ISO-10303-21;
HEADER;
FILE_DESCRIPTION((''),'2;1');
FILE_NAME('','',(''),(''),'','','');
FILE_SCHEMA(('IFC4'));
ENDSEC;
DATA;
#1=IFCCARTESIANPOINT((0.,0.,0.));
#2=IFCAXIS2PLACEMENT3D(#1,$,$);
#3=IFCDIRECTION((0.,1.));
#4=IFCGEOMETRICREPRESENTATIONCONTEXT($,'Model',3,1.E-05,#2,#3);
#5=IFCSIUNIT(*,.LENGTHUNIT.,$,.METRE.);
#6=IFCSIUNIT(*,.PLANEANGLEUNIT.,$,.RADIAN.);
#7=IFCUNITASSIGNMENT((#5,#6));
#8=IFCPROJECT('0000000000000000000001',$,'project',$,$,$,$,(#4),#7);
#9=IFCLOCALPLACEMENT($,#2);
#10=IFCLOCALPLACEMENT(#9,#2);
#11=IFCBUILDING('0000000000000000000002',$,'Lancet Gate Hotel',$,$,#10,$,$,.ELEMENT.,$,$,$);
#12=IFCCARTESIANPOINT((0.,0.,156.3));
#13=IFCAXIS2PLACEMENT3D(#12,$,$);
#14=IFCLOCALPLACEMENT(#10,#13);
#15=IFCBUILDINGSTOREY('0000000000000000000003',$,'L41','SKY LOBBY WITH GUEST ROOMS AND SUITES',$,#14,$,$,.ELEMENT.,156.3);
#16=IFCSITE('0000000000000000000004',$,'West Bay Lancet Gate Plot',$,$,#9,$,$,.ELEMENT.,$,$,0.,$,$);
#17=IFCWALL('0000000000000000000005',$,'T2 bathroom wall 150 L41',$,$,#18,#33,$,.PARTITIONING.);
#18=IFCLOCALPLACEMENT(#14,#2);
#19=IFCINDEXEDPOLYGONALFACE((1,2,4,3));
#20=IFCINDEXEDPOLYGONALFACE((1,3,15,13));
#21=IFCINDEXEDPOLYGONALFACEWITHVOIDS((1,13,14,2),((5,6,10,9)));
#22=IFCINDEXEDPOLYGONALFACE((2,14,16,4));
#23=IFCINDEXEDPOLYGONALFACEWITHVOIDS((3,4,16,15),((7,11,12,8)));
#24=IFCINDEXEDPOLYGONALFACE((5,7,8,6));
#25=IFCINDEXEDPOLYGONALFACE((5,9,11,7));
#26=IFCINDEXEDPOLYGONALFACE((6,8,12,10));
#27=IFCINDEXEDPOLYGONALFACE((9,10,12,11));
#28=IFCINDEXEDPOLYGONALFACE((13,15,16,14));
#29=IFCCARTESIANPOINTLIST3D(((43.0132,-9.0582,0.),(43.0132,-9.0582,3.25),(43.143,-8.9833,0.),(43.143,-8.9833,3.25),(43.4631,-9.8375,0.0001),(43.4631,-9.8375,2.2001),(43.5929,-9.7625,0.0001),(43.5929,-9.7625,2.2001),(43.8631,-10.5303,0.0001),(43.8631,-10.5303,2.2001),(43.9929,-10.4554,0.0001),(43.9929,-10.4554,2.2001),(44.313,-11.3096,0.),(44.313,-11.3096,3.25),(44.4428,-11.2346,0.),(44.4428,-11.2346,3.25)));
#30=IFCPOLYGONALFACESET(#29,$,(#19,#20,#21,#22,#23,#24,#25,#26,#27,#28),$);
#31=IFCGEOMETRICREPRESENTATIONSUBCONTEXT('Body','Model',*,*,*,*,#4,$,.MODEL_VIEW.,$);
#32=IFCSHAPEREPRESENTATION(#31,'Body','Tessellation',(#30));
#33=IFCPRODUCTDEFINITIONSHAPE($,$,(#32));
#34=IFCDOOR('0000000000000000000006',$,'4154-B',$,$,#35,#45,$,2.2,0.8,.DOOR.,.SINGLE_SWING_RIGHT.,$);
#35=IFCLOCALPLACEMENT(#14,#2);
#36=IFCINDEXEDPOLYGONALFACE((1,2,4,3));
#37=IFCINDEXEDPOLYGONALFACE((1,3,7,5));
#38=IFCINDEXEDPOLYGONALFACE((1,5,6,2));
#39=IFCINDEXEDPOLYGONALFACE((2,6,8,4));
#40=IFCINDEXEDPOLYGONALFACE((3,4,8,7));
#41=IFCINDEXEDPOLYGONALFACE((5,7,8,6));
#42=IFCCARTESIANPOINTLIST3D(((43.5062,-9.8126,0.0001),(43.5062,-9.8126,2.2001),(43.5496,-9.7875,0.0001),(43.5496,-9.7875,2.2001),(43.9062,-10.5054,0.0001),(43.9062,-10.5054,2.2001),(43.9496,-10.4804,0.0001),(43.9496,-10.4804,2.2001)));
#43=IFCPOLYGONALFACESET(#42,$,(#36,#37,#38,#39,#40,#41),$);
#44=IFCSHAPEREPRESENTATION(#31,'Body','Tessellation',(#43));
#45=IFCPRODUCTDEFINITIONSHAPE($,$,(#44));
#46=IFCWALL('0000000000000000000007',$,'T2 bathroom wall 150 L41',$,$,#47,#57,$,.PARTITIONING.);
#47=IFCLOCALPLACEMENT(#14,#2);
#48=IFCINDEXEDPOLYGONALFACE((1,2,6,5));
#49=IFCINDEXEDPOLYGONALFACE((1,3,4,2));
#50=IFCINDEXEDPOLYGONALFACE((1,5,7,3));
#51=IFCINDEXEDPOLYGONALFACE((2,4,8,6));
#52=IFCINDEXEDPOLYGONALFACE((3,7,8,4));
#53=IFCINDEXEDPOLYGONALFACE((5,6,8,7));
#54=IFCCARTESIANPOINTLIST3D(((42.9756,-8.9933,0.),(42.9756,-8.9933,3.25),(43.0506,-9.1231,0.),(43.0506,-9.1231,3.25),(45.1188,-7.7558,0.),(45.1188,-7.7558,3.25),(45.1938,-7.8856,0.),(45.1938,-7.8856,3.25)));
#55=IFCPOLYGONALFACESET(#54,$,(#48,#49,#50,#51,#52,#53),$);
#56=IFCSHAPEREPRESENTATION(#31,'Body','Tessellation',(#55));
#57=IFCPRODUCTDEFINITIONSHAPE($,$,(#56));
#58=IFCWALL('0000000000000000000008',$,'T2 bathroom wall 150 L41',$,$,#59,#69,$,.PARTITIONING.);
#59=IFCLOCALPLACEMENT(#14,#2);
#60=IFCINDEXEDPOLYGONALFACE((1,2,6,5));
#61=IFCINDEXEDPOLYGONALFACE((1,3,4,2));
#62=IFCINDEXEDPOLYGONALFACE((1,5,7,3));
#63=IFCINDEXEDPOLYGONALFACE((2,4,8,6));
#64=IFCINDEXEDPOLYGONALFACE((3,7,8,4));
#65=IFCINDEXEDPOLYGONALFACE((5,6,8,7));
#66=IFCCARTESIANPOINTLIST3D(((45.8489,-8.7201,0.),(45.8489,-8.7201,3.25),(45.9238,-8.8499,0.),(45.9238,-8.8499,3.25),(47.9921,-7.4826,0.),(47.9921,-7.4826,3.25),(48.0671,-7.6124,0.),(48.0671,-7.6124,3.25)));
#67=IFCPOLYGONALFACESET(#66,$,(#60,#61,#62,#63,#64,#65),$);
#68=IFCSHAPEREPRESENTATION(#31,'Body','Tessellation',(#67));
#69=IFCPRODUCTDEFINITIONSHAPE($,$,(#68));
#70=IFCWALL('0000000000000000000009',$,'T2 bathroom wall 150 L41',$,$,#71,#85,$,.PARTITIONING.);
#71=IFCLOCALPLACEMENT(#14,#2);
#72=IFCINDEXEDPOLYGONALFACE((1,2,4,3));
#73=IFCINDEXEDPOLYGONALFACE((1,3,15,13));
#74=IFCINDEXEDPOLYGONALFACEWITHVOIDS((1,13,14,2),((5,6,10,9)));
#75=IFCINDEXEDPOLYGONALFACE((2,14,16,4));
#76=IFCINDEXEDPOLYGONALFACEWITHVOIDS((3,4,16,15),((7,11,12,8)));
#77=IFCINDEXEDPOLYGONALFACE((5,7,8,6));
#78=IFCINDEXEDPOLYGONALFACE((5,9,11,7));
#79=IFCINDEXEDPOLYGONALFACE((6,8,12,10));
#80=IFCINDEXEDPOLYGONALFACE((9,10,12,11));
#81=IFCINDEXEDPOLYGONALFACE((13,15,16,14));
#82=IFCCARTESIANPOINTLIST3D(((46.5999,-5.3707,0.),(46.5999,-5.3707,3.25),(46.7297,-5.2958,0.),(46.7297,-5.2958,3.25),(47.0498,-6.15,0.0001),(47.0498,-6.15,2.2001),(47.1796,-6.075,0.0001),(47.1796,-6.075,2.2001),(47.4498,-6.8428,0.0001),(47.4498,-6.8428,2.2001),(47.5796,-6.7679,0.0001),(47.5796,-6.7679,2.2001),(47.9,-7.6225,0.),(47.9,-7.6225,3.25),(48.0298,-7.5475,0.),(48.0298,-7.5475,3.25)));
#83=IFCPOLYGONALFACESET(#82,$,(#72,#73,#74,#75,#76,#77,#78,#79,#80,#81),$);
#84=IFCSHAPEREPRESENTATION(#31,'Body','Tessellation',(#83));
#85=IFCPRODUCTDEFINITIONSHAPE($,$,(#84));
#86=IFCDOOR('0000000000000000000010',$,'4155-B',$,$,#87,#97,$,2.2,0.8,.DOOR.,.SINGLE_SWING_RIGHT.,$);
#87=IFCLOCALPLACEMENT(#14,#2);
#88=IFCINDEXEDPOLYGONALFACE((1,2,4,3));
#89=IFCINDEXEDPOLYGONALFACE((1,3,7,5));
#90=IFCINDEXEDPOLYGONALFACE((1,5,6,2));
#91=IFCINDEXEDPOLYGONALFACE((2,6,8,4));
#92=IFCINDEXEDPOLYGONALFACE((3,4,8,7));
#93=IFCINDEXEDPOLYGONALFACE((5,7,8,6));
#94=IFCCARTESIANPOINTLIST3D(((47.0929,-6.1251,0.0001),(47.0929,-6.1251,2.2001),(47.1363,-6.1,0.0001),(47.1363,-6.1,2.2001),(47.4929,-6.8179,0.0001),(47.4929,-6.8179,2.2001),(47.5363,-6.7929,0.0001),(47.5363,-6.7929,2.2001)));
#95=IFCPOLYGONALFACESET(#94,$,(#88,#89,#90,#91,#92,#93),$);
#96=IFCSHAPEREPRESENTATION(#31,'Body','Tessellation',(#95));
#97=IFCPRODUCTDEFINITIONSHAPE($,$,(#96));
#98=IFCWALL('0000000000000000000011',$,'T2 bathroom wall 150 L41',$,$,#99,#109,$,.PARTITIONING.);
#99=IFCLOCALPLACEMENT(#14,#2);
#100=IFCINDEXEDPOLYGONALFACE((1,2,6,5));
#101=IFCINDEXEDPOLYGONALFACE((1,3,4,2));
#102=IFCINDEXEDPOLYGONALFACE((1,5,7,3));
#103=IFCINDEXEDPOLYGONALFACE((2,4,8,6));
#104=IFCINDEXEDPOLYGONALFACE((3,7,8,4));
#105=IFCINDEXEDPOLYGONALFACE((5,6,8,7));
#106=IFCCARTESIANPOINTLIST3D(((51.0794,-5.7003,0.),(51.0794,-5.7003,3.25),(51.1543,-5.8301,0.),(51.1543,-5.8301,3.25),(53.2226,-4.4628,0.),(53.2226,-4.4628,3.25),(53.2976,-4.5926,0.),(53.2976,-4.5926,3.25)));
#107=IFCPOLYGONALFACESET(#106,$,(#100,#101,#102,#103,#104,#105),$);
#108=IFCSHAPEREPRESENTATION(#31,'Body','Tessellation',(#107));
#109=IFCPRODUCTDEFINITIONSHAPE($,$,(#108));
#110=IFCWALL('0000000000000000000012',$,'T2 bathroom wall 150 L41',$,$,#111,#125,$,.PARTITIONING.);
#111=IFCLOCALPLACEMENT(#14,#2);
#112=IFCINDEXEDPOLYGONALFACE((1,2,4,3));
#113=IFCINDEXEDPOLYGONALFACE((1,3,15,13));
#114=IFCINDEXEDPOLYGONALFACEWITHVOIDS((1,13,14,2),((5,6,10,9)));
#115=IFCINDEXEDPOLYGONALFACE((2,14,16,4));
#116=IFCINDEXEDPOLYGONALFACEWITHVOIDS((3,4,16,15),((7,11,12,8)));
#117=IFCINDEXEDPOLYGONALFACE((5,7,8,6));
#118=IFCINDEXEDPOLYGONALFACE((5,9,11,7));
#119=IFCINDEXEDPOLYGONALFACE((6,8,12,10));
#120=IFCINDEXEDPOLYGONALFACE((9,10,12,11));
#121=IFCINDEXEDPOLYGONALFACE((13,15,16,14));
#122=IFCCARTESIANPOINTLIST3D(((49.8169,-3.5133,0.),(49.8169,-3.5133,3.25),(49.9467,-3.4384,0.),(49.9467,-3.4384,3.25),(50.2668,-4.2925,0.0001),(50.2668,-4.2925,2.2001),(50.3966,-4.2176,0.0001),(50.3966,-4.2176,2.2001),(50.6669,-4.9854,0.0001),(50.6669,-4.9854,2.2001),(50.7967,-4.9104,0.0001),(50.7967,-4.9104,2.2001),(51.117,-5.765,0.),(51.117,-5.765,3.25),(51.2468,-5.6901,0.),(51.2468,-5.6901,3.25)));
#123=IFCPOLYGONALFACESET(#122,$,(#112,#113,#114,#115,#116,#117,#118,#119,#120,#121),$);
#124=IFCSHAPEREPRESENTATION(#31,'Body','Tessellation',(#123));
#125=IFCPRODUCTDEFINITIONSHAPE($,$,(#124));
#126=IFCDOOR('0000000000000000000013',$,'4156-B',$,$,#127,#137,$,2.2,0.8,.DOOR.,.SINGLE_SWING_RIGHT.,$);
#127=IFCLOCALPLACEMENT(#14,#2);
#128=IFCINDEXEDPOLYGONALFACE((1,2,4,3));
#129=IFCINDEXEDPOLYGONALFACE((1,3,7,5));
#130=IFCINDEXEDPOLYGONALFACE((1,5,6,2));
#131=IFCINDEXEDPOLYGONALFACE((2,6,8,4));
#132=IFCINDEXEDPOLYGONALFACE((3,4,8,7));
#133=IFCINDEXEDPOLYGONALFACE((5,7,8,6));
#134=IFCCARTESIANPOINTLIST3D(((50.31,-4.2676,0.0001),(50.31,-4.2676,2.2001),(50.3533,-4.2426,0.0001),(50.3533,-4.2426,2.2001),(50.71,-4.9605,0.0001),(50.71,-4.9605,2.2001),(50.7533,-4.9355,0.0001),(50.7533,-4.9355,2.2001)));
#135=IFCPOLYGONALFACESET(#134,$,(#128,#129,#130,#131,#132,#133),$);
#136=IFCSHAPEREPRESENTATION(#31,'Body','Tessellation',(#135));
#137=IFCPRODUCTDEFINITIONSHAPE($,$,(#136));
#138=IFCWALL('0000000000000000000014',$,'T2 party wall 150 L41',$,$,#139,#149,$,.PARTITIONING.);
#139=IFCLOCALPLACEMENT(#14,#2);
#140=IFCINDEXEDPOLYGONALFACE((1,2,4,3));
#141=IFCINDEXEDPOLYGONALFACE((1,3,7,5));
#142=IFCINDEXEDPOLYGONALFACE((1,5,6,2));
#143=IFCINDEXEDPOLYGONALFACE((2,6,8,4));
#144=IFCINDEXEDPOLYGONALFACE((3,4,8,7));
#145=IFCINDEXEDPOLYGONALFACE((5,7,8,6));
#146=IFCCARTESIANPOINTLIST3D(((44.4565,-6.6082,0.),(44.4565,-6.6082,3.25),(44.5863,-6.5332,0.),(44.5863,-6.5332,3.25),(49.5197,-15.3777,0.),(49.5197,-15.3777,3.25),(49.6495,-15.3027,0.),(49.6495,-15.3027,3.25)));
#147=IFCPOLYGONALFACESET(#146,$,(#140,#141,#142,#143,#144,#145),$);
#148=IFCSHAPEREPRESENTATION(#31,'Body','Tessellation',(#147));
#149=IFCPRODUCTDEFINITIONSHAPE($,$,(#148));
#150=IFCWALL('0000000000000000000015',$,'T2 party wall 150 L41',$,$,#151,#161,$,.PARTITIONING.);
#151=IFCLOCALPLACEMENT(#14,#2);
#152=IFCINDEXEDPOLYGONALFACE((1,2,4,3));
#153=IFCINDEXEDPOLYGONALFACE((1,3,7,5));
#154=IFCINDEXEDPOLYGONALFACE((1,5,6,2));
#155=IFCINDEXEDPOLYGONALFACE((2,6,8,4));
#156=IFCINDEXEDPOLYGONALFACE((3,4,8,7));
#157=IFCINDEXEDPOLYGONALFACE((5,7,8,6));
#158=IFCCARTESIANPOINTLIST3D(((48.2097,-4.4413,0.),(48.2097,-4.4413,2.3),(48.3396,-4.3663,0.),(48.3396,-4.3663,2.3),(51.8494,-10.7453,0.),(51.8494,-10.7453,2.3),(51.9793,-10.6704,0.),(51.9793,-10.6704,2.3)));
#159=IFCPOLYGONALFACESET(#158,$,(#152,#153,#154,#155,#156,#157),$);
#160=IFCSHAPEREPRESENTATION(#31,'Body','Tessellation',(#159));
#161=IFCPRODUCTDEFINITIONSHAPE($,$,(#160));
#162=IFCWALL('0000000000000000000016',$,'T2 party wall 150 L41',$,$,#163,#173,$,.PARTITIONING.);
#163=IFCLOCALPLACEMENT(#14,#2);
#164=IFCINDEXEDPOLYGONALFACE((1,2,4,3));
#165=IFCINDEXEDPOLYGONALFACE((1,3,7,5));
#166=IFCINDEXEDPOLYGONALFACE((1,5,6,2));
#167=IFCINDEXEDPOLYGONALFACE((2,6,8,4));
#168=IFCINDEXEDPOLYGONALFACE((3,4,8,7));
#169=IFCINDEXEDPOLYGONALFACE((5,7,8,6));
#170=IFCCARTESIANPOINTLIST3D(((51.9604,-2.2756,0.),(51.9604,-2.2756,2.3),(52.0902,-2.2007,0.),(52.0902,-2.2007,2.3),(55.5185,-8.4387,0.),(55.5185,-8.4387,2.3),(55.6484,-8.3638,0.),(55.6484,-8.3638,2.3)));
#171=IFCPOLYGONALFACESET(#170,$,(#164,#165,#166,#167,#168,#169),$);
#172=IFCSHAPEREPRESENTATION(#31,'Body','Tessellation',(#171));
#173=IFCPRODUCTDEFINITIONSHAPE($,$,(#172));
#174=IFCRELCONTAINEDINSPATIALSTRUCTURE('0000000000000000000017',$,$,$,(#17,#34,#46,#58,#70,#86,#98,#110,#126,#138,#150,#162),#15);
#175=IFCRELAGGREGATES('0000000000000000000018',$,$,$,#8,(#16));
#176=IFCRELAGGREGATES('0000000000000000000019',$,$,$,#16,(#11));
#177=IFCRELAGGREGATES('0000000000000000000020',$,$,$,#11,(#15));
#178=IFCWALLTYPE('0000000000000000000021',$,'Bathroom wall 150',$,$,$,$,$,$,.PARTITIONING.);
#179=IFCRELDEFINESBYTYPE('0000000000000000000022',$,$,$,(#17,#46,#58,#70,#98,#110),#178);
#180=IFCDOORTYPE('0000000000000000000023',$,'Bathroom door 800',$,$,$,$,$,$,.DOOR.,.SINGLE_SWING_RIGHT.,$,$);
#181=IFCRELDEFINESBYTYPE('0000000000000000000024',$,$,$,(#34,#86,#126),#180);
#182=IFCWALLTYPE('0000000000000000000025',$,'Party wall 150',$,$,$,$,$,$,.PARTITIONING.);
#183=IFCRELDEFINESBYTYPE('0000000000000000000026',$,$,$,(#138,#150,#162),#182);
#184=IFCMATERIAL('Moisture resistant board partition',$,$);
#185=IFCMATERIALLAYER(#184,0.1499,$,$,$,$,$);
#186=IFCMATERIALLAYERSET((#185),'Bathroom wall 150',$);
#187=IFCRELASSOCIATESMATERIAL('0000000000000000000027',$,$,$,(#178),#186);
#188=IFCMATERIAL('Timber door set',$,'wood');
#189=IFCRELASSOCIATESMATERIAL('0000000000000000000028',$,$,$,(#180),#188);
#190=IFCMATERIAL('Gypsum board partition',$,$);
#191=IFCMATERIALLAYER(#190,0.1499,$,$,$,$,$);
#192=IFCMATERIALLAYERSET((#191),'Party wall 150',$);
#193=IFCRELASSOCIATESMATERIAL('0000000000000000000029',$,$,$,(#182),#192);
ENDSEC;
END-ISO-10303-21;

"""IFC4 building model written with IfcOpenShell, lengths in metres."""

from ifc_helpers import new_model, si_unit, direction, frame, frame_2d, origin, place, context, subcontext, project, spatial, rectangle, extrude, material, layer, layer_set, type_object, element, fill, save


model = new_model("IFC4")

# Units and contexts
model_context = context("Model", 3, precision=1e-05, world=origin(), true_north=direction((0.0, 1.0)))
body_context = subcontext(model_context, "Body", "Model", "MODEL_VIEW")
ifc_project = project(units=[si_unit("LENGTHUNIT", "METRE"), si_unit("PLANEANGLEUNIT", "RADIAN")], contexts=[model_context])

# Site, building, storey
site_placement = place(None, origin())
site = spatial("IfcSite", under=ifc_project, at=site_placement, Name="West Bay Lancet Gate Plot", CompositionType="ELEMENT", RefElevation=0.0)
building_placement = place(site_placement, origin())
building = spatial("IfcBuilding", under=site, at=building_placement, Name="Lancet Gate Hotel", CompositionType="ELEMENT")
storey_placement = place(building_placement, frame((0.0, 0.0, 156.3)))
storey = spatial("IfcBuildingStorey", under=building, at=storey_placement, Name="L41", Description="SKY LOBBY WITH GUEST ROOMS AND SUITES", CompositionType="ELEMENT", Elevation=156.3)

# Shared definitions
ifc_material_1 = material(Name="Moisture resistant board partition")
ifc_layer_1 = layer(ifc_material_1, 0.1499)
ifc_layer_set_1 = layer_set([ifc_layer_1], Name="Bathroom wall 150")
wall_type_1 = type_object("IfcWallType", Name="Bathroom wall 150", PredefinedType="PARTITIONING", material=ifc_layer_set_1)

# Wall, opening, door
wall_1_placement = place(storey_placement, frame((43.0781, -9.0208, 0.0), z_axis=(0.0, 0.0, 1.0), x_axis=(0.499977, -0.866039, 0.0)))
wall_1 = element("IfcWall", 1, at=wall_1_placement, inside=storey, type_object=wall_type_1, Name="T2 bathroom wall 150 L41", PredefinedType="PARTITIONING", context=body_context, shape_type="SweptSolid", body=[
    extrude(rectangle(XDim=2.5996, YDim=0.1499, at=frame_2d((1.2998, 0.0))), origin(), (0.0, 0.0, 1.0), 3.25),
])
opening_1_placement = place(wall_1_placement, frame((0.8999, 0.0, 0.0)))
opening_1 = element("IfcOpeningElement", 2, at=opening_1_placement, cuts=wall_1, PredefinedType="OPENING", context=body_context, shape_type="SweptSolid", body=[
    extrude(rectangle(XDim=0.8, YDim=2.2, at=frame_2d((0.3999, 1.1001))), frame((0.0, 0.085, 0.0), z_axis=(0.0, -1.0, 0.0), x_axis=(1.0, 0.0, 0.0)), (0.0, 0.0, 1.0), 0.1699),
])
ifc_material_2 = material(Name="Timber door set", Category="wood")
door_type = type_object("IfcDoorType", Name="Bathroom door 800", OperationType="SINGLE_SWING_RIGHT", PredefinedType="DOOR", material=ifc_material_2)
door_1_placement = place(opening_1_placement, origin())
door_1 = element("IfcDoor", 3, at=door_1_placement, inside=storey, type_object=door_type, Name="4154-B", OperationType="SINGLE_SWING_RIGHT", OverallHeight=2.2, OverallWidth=0.8, PredefinedType="DOOR", context=body_context, shape_type="SweptSolid", body=[
    extrude(rectangle(XDim=0.8, YDim=2.2, at=frame_2d((0.3999, 1.1001))), frame((0.0, 0.0249, 0.0), z_axis=(0.0, -1.0, 0.0), x_axis=(1.0, 0.0, 0.0)), (0.0, 0.0, 1.0), 0.05),
])
fill(opening_1, door_1)

# Walls
for number, where, z_axis, x_axis, name in (
    (4, (43.0132, -9.0581, 0.0), (0.0, 0.0, 1.0), (0.866007, 0.500033, 0.0), "T2 bathroom wall 150 L41"),
    (5, (45.8865, -8.7849, 0.0), (0.0, 0.0, 1.0), (0.866007, 0.500033, 0.0), "T2 bathroom wall 150 L41"),
):
    element("IfcWall", number, at=place(storey_placement, frame(where, z_axis=z_axis, x_axis=x_axis)), inside=storey, type_object=wall_type_1, Name=name, PredefinedType="PARTITIONING", context=body_context, shape_type="SweptSolid", body=[
        extrude(rectangle(XDim=2.4749, YDim=0.1499, at=frame_2d((1.2373, 0.0))), origin(), (0.0, 0.0, 1.0), 3.25),
    ])

# Wall, opening, door
wall_2_placement = place(storey_placement, frame((46.6648, -5.3333, 0.0), z_axis=(0.0, 0.0, 1.0), x_axis=(0.500007, -0.866021, 0.0)))
wall_2 = element("IfcWall", 6, at=wall_2_placement, inside=storey, type_object=wall_type_1, Name="T2 bathroom wall 150 L41", PredefinedType="PARTITIONING", context=body_context, shape_type="SweptSolid", body=[
    extrude(rectangle(XDim=2.6001, YDim=0.1499, at=frame_2d((1.3, 0.0))), origin(), (0.0, 0.0, 1.0), 3.25),
])
opening_2_placement = place(wall_2_placement, frame((0.8999, 0.0, 0.0)))
opening_2 = element("IfcOpeningElement", 7, at=opening_2_placement, cuts=wall_2, PredefinedType="OPENING", context=body_context, shape_type="SweptSolid", body=[
    extrude(rectangle(XDim=0.8, YDim=2.2, at=frame_2d((0.3999, 1.1001))), frame((0.0, 0.085, 0.0), z_axis=(0.0, -1.0, 0.0), x_axis=(1.0, 0.0, 0.0)), (0.0, 0.0, 1.0), 0.1699),
])
door_2_placement = place(opening_2_placement, origin())
door_2 = element("IfcDoor", 8, at=door_2_placement, inside=storey, type_object=door_type, Name="4155-B", OperationType="SINGLE_SWING_RIGHT", OverallHeight=2.2, OverallWidth=0.8, PredefinedType="DOOR", context=body_context, shape_type="SweptSolid", body=[
    extrude(rectangle(XDim=0.8, YDim=2.2, at=frame_2d((0.3999, 1.1001))), frame((0.0, 0.0249, 0.0), z_axis=(0.0, -1.0, 0.0), x_axis=(1.0, 0.0, 0.0)), (0.0, 0.0, 1.0), 0.05),
])
fill(opening_2, door_2)

# Wall
wall_3_placement = place(storey_placement, frame((51.1169, -5.7651, 0.0), z_axis=(0.0, 0.0, 1.0), x_axis=(0.866007, 0.500033, 0.0)))
element("IfcWall", 9, at=wall_3_placement, inside=storey, type_object=wall_type_1, Name="T2 bathroom wall 150 L41", PredefinedType="PARTITIONING", context=body_context, shape_type="SweptSolid", body=[
    extrude(rectangle(XDim=2.4749, YDim=0.1499, at=frame_2d((1.2373, 0.0))), origin(), (0.0, 0.0, 1.0), 3.25),
])

# Wall, opening, door
wall_4_placement = place(storey_placement, frame((49.8818, -3.4758, 0.0), z_axis=(0.0, 0.0, 1.0), x_axis=(0.500007, -0.866021, 0.0)))
wall_4 = element("IfcWall", 10, at=wall_4_placement, inside=storey, type_object=wall_type_1, Name="T2 bathroom wall 150 L41", PredefinedType="PARTITIONING", context=body_context, shape_type="SweptSolid", body=[
    extrude(rectangle(XDim=2.6001, YDim=0.1499, at=frame_2d((1.3, 0.0))), origin(), (0.0, 0.0, 1.0), 3.25),
])
opening_3_placement = place(wall_4_placement, frame((0.8999, 0.0, 0.0)))
opening_3 = element("IfcOpeningElement", 11, at=opening_3_placement, cuts=wall_4, PredefinedType="OPENING", context=body_context, shape_type="SweptSolid", body=[
    extrude(rectangle(XDim=0.8, YDim=2.2, at=frame_2d((0.3999, 1.1001))), frame((0.0, 0.085, 0.0), z_axis=(0.0, -1.0, 0.0), x_axis=(1.0, 0.0, 0.0)), (0.0, 0.0, 1.0), 0.1699),
])
door_3_placement = place(opening_3_placement, origin())
door_3 = element("IfcDoor", 12, at=door_3_placement, inside=storey, type_object=door_type, Name="4156-B", OperationType="SINGLE_SWING_RIGHT", OverallHeight=2.2, OverallWidth=0.8, PredefinedType="DOOR", context=body_context, shape_type="SweptSolid", body=[
    extrude(rectangle(XDim=0.8, YDim=2.2, at=frame_2d((0.3999, 1.1001))), frame((0.0, 0.0249, 0.0), z_axis=(0.0, -1.0, 0.0), x_axis=(1.0, 0.0, 0.0)), (0.0, 0.0, 1.0), 0.05),
])
fill(opening_3, door_3)

# Walls
ifc_material_3 = material(Name="Gypsum board partition")
ifc_layer_2 = layer(ifc_material_3, 0.1499)
ifc_layer_set_2 = layer_set([ifc_layer_2], Name="Party wall 150")
wall_type_2 = type_object("IfcWallType", Name="Party wall 150", PredefinedType="PARTITIONING", material=ifc_layer_set_2)
wall_5_placement = place(storey_placement, frame((44.5215, -6.5708, 0.0), z_axis=(0.0, 0.0, 1.0), x_axis=(0.50001, -0.866019, 0.0)))
element("IfcWall", 13, at=wall_5_placement, inside=storey, type_object=wall_type_2, Name="T2 party wall 150 L41", PredefinedType="PARTITIONING", context=body_context, shape_type="SweptSolid", body=[
    extrude(rectangle(XDim=10.1262, YDim=0.1499, at=frame_2d((5.063, 0.0))), origin(), (0.0, 0.0, 1.0), 3.25),
])
wall_6_placement = place(storey_placement, frame((48.2747, -4.4038, 0.0), z_axis=(0.0, 0.0, 1.0), x_axis=(0.500006, -0.866022, 0.0)))
element("IfcWall", 14, at=wall_6_placement, inside=storey, type_object=wall_type_2, Name="T2 party wall 150 L41", PredefinedType="PARTITIONING", context=body_context, shape_type="SweptSolid", body=[
    extrude(rectangle(XDim=7.2793, YDim=0.1499, at=frame_2d((3.6396, 0.0))), origin(), (0.0, 0.0, 1.0), 2.3),
])
wall_7_placement = place(storey_placement, frame((52.0254, -2.2383, 0.0), z_axis=(0.0, 0.0, 1.0), x_axis=(0.499984, -0.866035, 0.0)))
element("IfcWall", 15, at=wall_7_placement, inside=storey, type_object=wall_type_2, Name="T2 party wall 150 L41", PredefinedType="PARTITIONING", context=body_context, shape_type="SweptSolid", body=[
    extrude(rectangle(XDim=7.1165, YDim=0.1499, at=frame_2d((3.5581, 0.0))), origin(), (0.0, 0.0, 1.0), 2.3),
])

save(model, "model.ifc")
